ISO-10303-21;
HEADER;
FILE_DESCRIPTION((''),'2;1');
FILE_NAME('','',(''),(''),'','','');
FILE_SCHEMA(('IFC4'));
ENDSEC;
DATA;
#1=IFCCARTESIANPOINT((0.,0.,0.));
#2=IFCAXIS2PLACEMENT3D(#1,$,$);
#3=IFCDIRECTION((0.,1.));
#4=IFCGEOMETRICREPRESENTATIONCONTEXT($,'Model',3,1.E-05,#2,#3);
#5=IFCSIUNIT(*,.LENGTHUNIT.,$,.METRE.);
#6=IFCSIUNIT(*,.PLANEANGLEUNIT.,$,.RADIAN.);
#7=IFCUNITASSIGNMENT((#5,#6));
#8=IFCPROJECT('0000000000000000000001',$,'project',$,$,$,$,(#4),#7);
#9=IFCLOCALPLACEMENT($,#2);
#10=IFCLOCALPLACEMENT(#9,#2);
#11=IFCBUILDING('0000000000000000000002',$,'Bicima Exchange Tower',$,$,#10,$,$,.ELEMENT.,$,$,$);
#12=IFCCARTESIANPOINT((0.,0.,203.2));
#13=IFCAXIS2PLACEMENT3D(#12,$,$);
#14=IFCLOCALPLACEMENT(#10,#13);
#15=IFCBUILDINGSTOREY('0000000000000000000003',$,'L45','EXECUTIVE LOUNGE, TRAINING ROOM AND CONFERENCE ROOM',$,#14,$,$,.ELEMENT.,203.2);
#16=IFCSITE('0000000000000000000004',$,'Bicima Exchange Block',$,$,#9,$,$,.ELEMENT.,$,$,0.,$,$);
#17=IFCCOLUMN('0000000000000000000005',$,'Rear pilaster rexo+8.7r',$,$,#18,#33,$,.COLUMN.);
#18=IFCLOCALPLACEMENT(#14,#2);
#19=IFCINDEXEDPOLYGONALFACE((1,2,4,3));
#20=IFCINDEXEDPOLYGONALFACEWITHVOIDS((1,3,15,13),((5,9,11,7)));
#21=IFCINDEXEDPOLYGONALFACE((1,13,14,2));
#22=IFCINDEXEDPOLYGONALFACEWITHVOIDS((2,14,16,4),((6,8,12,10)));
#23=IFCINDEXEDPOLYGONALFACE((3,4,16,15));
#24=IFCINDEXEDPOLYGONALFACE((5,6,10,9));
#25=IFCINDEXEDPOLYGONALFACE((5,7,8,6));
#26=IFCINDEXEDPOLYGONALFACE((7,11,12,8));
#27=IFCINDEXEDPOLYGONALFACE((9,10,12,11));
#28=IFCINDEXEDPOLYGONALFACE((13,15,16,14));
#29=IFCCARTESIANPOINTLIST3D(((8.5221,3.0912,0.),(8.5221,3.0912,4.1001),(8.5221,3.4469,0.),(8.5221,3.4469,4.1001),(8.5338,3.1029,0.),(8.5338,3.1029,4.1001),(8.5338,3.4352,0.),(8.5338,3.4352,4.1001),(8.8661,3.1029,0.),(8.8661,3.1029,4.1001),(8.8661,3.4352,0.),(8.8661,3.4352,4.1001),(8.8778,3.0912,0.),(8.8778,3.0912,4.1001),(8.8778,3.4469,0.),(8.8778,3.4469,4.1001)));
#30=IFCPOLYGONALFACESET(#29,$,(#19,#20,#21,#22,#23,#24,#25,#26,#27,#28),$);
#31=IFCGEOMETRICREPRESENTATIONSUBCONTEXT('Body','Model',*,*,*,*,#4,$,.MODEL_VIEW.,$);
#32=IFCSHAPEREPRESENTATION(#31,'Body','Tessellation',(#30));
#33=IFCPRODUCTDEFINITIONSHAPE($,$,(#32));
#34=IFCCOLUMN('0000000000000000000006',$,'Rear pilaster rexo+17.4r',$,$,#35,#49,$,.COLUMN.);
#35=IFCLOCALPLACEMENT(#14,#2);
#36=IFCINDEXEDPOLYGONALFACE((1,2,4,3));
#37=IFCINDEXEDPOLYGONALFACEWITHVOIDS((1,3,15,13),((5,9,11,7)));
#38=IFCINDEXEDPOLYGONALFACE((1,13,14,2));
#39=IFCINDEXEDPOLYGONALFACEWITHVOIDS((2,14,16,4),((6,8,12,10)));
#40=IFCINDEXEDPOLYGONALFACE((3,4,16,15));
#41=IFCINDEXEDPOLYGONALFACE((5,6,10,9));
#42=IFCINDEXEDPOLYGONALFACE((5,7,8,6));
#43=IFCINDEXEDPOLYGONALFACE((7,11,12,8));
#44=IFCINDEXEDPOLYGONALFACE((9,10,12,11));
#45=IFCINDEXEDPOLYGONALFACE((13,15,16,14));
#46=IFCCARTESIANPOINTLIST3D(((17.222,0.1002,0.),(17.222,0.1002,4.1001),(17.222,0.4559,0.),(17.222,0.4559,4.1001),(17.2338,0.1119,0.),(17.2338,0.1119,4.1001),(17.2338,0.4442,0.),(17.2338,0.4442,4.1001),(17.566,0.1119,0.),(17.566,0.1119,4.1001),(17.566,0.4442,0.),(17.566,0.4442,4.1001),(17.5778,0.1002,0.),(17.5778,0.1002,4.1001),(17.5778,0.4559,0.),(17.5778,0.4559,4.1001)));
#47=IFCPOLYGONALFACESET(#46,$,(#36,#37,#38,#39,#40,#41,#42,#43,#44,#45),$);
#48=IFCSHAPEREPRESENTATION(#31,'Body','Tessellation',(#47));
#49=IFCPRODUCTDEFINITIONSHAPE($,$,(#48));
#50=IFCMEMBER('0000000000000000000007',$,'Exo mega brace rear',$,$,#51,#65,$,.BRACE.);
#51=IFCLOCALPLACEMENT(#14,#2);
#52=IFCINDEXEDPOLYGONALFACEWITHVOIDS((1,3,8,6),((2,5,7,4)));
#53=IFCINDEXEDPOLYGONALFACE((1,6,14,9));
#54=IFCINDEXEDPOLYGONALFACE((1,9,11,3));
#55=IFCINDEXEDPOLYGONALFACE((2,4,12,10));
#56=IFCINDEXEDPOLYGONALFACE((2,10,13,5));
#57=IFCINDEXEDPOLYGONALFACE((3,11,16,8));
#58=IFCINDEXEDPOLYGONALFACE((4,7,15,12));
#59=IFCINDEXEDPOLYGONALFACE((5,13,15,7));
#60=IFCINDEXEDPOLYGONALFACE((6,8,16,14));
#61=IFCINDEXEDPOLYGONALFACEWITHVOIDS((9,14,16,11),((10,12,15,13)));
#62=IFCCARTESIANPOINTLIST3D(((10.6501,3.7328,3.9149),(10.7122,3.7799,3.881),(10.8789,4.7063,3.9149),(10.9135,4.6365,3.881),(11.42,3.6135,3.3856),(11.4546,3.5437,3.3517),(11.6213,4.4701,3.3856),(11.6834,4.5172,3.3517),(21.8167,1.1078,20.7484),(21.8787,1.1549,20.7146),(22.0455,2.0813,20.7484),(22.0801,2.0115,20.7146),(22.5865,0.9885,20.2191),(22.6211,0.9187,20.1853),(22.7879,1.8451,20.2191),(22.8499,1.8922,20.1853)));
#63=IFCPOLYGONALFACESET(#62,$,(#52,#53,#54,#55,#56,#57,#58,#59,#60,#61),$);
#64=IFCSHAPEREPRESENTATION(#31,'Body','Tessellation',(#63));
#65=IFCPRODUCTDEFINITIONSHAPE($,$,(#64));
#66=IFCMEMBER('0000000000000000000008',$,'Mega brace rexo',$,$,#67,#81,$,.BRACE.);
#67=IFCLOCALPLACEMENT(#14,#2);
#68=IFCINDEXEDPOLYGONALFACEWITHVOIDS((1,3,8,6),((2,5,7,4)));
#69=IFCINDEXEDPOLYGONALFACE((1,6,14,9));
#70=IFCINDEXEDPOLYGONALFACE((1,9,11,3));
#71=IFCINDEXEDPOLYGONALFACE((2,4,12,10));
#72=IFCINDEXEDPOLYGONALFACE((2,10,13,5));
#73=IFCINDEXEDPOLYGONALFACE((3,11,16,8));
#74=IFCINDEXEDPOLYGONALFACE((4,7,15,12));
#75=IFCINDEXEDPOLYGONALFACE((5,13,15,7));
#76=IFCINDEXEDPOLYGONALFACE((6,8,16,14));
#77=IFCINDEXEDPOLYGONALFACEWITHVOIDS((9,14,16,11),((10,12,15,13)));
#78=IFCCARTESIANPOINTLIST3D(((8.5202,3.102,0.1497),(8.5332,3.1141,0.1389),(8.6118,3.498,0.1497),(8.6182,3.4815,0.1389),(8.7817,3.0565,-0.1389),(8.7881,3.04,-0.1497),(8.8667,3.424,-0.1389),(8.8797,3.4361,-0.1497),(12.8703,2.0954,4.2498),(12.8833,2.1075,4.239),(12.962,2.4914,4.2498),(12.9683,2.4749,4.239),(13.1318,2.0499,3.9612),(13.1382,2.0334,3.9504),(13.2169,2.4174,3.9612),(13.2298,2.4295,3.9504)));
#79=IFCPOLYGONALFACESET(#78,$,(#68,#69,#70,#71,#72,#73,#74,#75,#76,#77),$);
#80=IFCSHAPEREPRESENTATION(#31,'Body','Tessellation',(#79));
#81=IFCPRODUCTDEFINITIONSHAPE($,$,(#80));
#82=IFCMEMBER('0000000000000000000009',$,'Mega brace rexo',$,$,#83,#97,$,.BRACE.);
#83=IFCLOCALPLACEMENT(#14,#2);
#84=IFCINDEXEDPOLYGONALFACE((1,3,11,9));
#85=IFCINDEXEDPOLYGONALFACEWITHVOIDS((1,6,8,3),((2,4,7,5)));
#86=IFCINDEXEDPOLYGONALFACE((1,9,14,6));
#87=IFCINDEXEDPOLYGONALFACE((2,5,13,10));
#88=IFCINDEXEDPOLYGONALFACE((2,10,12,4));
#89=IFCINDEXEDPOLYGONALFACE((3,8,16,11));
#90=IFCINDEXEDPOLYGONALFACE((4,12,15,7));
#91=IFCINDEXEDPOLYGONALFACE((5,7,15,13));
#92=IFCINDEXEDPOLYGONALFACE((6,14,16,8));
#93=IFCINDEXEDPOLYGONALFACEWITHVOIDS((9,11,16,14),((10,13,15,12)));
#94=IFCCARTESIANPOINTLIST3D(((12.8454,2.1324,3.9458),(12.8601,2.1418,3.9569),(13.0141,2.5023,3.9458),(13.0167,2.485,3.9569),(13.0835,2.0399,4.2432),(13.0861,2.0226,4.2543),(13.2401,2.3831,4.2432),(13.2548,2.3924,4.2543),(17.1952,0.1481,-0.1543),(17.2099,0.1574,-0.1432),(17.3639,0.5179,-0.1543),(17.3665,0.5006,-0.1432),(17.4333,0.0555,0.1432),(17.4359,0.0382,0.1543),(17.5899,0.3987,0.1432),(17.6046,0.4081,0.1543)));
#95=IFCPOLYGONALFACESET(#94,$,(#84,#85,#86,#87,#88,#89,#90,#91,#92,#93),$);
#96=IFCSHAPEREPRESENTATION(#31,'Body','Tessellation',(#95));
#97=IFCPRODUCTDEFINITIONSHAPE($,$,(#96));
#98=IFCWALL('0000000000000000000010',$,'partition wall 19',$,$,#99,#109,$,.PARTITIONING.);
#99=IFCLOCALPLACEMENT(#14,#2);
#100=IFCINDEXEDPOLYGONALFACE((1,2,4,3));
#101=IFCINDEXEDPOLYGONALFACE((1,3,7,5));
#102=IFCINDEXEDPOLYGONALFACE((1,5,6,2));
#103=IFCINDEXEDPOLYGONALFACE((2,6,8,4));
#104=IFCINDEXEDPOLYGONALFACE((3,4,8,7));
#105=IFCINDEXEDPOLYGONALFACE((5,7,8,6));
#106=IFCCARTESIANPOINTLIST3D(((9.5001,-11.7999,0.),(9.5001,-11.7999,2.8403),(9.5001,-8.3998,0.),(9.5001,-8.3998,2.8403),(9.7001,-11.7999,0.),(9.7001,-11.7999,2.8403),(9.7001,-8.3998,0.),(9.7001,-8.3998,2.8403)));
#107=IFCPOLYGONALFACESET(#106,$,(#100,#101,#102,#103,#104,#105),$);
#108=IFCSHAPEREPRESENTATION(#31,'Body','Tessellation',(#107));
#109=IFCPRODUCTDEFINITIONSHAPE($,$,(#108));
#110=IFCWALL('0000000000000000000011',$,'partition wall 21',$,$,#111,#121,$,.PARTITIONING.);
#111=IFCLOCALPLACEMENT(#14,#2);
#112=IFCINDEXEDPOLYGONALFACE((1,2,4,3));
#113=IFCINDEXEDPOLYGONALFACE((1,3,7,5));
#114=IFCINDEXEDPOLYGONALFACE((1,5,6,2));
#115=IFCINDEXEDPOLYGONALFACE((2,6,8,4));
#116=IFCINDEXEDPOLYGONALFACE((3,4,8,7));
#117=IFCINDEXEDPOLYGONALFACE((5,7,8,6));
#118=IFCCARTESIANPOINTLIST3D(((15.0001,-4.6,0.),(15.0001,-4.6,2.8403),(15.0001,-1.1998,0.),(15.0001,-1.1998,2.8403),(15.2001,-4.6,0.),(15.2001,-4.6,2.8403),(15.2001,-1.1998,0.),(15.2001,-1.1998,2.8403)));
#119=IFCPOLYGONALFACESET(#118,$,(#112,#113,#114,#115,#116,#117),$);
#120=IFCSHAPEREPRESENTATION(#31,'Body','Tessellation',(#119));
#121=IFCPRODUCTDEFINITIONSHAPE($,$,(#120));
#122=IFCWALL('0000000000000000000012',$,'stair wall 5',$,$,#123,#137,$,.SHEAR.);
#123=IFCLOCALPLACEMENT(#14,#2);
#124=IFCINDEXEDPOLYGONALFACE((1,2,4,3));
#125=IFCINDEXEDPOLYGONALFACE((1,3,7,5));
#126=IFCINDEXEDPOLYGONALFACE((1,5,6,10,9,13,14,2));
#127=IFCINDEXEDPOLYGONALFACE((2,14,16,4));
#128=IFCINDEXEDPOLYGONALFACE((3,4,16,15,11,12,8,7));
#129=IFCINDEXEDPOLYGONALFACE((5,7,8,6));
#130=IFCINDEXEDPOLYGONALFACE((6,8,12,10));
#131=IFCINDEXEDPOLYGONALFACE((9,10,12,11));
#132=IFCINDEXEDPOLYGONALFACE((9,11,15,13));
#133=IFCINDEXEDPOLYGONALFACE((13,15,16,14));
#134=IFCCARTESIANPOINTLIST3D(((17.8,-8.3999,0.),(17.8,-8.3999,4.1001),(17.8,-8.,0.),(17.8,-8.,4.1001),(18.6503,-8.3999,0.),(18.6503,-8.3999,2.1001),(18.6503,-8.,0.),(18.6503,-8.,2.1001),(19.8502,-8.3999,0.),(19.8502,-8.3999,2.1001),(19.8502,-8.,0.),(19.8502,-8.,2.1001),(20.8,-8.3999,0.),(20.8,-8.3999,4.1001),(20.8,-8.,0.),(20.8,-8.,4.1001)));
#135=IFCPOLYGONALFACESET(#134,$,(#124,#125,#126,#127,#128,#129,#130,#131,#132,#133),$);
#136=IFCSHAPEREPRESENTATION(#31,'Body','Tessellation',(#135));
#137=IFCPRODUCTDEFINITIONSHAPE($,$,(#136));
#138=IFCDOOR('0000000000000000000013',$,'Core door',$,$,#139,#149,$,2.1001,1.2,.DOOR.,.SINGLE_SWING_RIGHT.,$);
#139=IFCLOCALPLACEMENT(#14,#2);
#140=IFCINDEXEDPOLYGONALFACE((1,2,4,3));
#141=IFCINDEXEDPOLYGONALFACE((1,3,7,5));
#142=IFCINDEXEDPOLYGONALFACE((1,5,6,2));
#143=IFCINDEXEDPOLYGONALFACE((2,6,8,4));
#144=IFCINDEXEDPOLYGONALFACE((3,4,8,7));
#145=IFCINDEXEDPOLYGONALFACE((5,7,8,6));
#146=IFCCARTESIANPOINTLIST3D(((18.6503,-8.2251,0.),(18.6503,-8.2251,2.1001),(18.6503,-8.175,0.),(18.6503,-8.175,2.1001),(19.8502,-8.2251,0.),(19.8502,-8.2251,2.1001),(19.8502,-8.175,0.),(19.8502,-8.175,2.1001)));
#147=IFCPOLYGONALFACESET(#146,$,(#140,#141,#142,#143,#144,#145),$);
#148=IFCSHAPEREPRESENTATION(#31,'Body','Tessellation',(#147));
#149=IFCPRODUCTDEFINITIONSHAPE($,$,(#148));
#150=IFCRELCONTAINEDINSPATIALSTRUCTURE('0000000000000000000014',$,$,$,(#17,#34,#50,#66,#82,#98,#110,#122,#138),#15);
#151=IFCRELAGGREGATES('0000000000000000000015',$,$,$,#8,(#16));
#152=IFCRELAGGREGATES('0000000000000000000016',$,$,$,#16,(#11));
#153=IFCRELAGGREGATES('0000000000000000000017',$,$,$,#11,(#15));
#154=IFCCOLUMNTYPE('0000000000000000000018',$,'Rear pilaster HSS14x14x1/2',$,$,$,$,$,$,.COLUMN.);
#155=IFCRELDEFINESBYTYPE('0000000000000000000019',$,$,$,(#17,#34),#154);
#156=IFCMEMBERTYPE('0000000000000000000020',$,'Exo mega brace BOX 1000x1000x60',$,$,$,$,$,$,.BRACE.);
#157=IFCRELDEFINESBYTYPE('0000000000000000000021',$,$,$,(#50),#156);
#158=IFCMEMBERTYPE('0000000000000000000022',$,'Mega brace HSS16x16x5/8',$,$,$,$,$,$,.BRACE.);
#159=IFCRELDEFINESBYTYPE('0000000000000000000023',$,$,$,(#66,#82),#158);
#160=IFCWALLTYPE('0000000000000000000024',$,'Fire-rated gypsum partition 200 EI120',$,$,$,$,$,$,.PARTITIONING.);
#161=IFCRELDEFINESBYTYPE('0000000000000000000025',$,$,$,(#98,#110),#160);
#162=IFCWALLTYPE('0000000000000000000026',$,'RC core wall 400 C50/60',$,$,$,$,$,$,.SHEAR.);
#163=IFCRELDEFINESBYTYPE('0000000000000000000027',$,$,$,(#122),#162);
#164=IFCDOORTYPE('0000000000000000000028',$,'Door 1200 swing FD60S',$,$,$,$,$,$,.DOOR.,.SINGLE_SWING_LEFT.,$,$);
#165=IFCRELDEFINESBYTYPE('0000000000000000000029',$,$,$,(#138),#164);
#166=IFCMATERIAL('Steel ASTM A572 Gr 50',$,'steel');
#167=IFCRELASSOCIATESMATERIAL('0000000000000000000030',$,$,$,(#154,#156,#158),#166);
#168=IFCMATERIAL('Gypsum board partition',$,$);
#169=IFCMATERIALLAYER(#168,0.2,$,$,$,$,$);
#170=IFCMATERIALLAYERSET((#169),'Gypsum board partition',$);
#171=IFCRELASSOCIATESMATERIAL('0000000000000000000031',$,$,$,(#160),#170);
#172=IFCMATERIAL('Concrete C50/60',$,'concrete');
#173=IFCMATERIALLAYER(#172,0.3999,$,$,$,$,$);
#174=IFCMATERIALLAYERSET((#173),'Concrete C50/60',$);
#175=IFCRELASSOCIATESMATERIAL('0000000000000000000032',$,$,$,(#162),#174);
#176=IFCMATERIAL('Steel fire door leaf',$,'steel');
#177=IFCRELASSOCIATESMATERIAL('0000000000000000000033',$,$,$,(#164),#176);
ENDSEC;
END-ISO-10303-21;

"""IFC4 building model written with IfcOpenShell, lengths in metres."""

from ifc_helpers import new_model, si_unit, direction, frame, frame_2d, origin, origin_2d, place, context, subcontext, project, spatial, rectangle, hollow_rectangle, extrude, material, layer, layer_set, material_profile, profile_set, type_object, element, fill, save


model = new_model("IFC4")

# Units and contexts
model_context = context("Model", 3, precision=1e-05, world=origin(), true_north=direction((0.0, 1.0)))
body_context = subcontext(model_context, "Body", "Model", "MODEL_VIEW")
ifc_project = project(units=[si_unit("LENGTHUNIT", "METRE"), si_unit("PLANEANGLEUNIT", "RADIAN")], contexts=[model_context])

# Site, building, storey
site_placement = place(None, origin())
site = spatial("IfcSite", under=ifc_project, at=site_placement, Name="Bicima Exchange Block", CompositionType="ELEMENT", RefElevation=0.0)
building_placement = place(site_placement, origin())
building = spatial("IfcBuilding", under=site, at=building_placement, Name="Bicima Exchange Tower", CompositionType="ELEMENT")
storey_placement = place(building_placement, frame((0.0, 0.0, 203.2)))
storey = spatial("IfcBuildingStorey", under=building, at=storey_placement, Name="L45", Description="EXECUTIVE LOUNGE, TRAINING ROOM AND CONFERENCE ROOM", CompositionType="ELEMENT", Elevation=203.2)

# Columns
ifc_material_1 = material(Name="Steel ASTM A572 Gr 50", Category="steel")
ifc_material_profile_1 = material_profile(ifc_material_1, hollow_rectangle(XDim=0.3557, YDim=0.3557, WallThickness=0.0117, at=origin_2d()))
ifc_profile_set_1 = profile_set([ifc_material_profile_1], Name="Steel ASTM A572 Gr 50")
column_type = type_object("IfcColumnType", Name="Rear pilaster HSS14x14x1/2", PredefinedType="COLUMN", material=ifc_profile_set_1)
for number, where, z_axis, x_axis, name in (
    (1, (8.7, 3.269, 0.0), (0.0, 0.0, 1.0), (1.0, 0.0, 0.0), "Rear pilaster rexo+8.7r"),
    (2, (17.3999, 0.2781, 0.0), (0.0, 0.0, 1.0), (1.0, 0.0, 0.0), "Rear pilaster rexo+17.4r"),
):
    element("IfcColumn", number, at=place(storey_placement, frame(where, z_axis=z_axis, x_axis=x_axis)), inside=storey, type_object=column_type, Name=name, PredefinedType="COLUMN", context=body_context, shape_type="SweptSolid", body=[
        extrude(hollow_rectangle(XDim=0.3557, YDim=0.3557, WallThickness=0.0117, at=origin_2d()), origin(), (0.0, 0.0, 1.0), 4.1001),
    ])

# Members
ifc_material_profile_2 = material_profile(ifc_material_1, hollow_rectangle(XDim=1.0, YDim=1.0, WallThickness=0.0601, at=origin_2d()))
ifc_profile_set_2 = profile_set([ifc_material_profile_2], Name="Steel ASTM A572 Gr 50")
member_type_1 = type_object("IfcMemberType", Name="Exo mega brace BOX 1000x1000x60", PredefinedType="BRACE", material=ifc_profile_set_2)
member_1_placement = place(storey_placement, frame((11.1667, 4.125, 3.6333), z_axis=(0.548176, -0.128864, 0.826376), x_axis=(0.22884, 0.973464, 0.0)))
element("IfcMember", 3, at=member_1_placement, inside=storey, type_object=member_type_1, Name="Exo mega brace rear", PredefinedType="BRACE", context=body_context, shape_type="SweptSolid", body=[
    extrude(hollow_rectangle(XDim=1.0, YDim=1.0, WallThickness=0.0601, at=origin_2d()), origin(), (0.0, 0.0, 1.0), 20.3704),
])
ifc_material_profile_3 = material_profile(ifc_material_1, hollow_rectangle(XDim=0.4065, YDim=0.4065, WallThickness=0.0146, at=origin_2d()))
ifc_profile_set_3 = profile_set([ifc_material_profile_3], Name="Steel ASTM A572 Gr 50")
member_type_2 = type_object("IfcMemberType", Name="Mega brace HSS16x16x5/8", PredefinedType="BRACE", material=ifc_profile_set_3)
member_2_placement = place(storey_placement, frame((8.7, 3.269, 0.0), z_axis=(0.717606, -0.166051, 0.676365), x_axis=(0.225439, 0.974257, 0.0)))
element("IfcMember", 4, at=member_2_placement, inside=storey, type_object=member_type_2, Name="Mega brace rexo", PredefinedType="BRACE", context=body_context, shape_type="SweptSolid", body=[
    extrude(hollow_rectangle(XDim=0.4065, YDim=0.4065, WallThickness=0.0146, at=origin_2d()), origin(), (0.0, 0.0, 1.0), 6.062),
])
member_3_placement = place(storey_placement, frame((17.3999, 0.2781, 0.0), z_axis=(-0.690629, 0.31506, 0.650975), x_axis=(-0.415045, -0.909801, 0.0)))
element("IfcMember", 5, at=member_3_placement, inside=storey, type_object=member_type_2, Name="Mega brace rexo", PredefinedType="BRACE", context=body_context, shape_type="SweptSolid", body=[
    extrude(hollow_rectangle(XDim=0.4065, YDim=0.4065, WallThickness=0.0146, at=origin_2d()), origin(), (0.0, 0.0, 1.0), 6.2983),
])

# Walls
ifc_material_2 = material(Name="Gypsum board partition")
ifc_layer_1 = layer(ifc_material_2, 0.2)
ifc_layer_set_1 = layer_set([ifc_layer_1], Name="Gypsum board partition")
wall_type_1 = type_object("IfcWallType", Name="Fire-rated gypsum partition 200 EI120", PredefinedType="PARTITIONING", material=ifc_layer_set_1)
for number, where, z_axis, x_axis, name in (
    (6, (9.6001, -11.8, 0.0), (0.0, 0.0, 1.0), (0.0, 1.0, 0.0), "partition wall 19"),
    (7, (15.1001, -4.6001, 0.0), (0.0, 0.0, 1.0), (0.0, 1.0, 0.0), "partition wall 21"),
):
    element("IfcWall", number, at=place(storey_placement, frame(where, z_axis=z_axis, x_axis=x_axis)), inside=storey, type_object=wall_type_1, Name=name, PredefinedType="PARTITIONING", context=body_context, shape_type="SweptSolid", body=[
        extrude(rectangle(XDim=3.4001, YDim=0.2, at=frame_2d((1.7002, 0.0))), origin(), (0.0, 0.0, 1.0), 2.8403),
    ])

# Wall, opening, door
ifc_material_3 = material(Name="Concrete C50/60", Category="concrete")
ifc_layer_2 = layer(ifc_material_3, 0.3999)
ifc_layer_set_2 = layer_set([ifc_layer_2], Name="Concrete C50/60")
wall_type_2 = type_object("IfcWallType", Name="RC core wall 400 C50/60", PredefinedType="SHEAR", material=ifc_layer_set_2)
wall_1_placement = place(storey_placement, frame((17.8, -8.2, 0.0), z_axis=(0.0, 0.0, 1.0), x_axis=(1.0, 0.0, 0.0)))
wall_1 = element("IfcWall", 8, at=wall_1_placement, inside=storey, type_object=wall_type_2, Name="stair wall 5", PredefinedType="SHEAR", context=body_context, shape_type="SweptSolid", body=[
    extrude(rectangle(XDim=3.0, YDim=0.3999, at=frame_2d((1.5, 0.0))), origin(), (0.0, 0.0, 1.0), 4.1001),
])
opening_1_placement = place(wall_1_placement, frame((0.8501, 0.0, 0.0)))
opening_1 = element("IfcOpeningElement", 9, at=opening_1_placement, cuts=wall_1, PredefinedType="OPENING", context=body_context, shape_type="SweptSolid", body=[
    extrude(rectangle(XDim=1.2, YDim=2.1001, at=frame_2d((0.6001, 1.05))), frame((0.0, 0.2119, 0.0), z_axis=(0.0, -1.0, 0.0), x_axis=(1.0, 0.0, 0.0)), (0.0, 0.0, 1.0), 0.4238),
])
ifc_material_4 = material(Name="Steel fire door leaf", Category="steel")
door_type_1 = type_object("IfcDoorType", Name="Door 1200 swing FD60S", OperationType="SINGLE_SWING_LEFT", PredefinedType="DOOR", material=ifc_material_4)
door_1_placement = place(opening_1_placement, origin())
door_1 = element("IfcDoor", 10, at=door_1_placement, inside=storey, type_object=door_type_1, Name="Core door", OperationType="SINGLE_SWING_RIGHT", OverallHeight=2.1001, OverallWidth=1.2, PredefinedType="DOOR", context=body_context, shape_type="SweptSolid", body=[
    extrude(rectangle(XDim=1.2, YDim=2.1001, at=frame_2d((0.6001, 1.05))), frame((0.0, 0.0249, 0.0), z_axis=(0.0, -1.0, 0.0), x_axis=(1.0, 0.0, 0.0)), (0.0, 0.0, 1.0), 0.05),
])
fill(opening_1, door_1)

save(model, "model.ifc")
